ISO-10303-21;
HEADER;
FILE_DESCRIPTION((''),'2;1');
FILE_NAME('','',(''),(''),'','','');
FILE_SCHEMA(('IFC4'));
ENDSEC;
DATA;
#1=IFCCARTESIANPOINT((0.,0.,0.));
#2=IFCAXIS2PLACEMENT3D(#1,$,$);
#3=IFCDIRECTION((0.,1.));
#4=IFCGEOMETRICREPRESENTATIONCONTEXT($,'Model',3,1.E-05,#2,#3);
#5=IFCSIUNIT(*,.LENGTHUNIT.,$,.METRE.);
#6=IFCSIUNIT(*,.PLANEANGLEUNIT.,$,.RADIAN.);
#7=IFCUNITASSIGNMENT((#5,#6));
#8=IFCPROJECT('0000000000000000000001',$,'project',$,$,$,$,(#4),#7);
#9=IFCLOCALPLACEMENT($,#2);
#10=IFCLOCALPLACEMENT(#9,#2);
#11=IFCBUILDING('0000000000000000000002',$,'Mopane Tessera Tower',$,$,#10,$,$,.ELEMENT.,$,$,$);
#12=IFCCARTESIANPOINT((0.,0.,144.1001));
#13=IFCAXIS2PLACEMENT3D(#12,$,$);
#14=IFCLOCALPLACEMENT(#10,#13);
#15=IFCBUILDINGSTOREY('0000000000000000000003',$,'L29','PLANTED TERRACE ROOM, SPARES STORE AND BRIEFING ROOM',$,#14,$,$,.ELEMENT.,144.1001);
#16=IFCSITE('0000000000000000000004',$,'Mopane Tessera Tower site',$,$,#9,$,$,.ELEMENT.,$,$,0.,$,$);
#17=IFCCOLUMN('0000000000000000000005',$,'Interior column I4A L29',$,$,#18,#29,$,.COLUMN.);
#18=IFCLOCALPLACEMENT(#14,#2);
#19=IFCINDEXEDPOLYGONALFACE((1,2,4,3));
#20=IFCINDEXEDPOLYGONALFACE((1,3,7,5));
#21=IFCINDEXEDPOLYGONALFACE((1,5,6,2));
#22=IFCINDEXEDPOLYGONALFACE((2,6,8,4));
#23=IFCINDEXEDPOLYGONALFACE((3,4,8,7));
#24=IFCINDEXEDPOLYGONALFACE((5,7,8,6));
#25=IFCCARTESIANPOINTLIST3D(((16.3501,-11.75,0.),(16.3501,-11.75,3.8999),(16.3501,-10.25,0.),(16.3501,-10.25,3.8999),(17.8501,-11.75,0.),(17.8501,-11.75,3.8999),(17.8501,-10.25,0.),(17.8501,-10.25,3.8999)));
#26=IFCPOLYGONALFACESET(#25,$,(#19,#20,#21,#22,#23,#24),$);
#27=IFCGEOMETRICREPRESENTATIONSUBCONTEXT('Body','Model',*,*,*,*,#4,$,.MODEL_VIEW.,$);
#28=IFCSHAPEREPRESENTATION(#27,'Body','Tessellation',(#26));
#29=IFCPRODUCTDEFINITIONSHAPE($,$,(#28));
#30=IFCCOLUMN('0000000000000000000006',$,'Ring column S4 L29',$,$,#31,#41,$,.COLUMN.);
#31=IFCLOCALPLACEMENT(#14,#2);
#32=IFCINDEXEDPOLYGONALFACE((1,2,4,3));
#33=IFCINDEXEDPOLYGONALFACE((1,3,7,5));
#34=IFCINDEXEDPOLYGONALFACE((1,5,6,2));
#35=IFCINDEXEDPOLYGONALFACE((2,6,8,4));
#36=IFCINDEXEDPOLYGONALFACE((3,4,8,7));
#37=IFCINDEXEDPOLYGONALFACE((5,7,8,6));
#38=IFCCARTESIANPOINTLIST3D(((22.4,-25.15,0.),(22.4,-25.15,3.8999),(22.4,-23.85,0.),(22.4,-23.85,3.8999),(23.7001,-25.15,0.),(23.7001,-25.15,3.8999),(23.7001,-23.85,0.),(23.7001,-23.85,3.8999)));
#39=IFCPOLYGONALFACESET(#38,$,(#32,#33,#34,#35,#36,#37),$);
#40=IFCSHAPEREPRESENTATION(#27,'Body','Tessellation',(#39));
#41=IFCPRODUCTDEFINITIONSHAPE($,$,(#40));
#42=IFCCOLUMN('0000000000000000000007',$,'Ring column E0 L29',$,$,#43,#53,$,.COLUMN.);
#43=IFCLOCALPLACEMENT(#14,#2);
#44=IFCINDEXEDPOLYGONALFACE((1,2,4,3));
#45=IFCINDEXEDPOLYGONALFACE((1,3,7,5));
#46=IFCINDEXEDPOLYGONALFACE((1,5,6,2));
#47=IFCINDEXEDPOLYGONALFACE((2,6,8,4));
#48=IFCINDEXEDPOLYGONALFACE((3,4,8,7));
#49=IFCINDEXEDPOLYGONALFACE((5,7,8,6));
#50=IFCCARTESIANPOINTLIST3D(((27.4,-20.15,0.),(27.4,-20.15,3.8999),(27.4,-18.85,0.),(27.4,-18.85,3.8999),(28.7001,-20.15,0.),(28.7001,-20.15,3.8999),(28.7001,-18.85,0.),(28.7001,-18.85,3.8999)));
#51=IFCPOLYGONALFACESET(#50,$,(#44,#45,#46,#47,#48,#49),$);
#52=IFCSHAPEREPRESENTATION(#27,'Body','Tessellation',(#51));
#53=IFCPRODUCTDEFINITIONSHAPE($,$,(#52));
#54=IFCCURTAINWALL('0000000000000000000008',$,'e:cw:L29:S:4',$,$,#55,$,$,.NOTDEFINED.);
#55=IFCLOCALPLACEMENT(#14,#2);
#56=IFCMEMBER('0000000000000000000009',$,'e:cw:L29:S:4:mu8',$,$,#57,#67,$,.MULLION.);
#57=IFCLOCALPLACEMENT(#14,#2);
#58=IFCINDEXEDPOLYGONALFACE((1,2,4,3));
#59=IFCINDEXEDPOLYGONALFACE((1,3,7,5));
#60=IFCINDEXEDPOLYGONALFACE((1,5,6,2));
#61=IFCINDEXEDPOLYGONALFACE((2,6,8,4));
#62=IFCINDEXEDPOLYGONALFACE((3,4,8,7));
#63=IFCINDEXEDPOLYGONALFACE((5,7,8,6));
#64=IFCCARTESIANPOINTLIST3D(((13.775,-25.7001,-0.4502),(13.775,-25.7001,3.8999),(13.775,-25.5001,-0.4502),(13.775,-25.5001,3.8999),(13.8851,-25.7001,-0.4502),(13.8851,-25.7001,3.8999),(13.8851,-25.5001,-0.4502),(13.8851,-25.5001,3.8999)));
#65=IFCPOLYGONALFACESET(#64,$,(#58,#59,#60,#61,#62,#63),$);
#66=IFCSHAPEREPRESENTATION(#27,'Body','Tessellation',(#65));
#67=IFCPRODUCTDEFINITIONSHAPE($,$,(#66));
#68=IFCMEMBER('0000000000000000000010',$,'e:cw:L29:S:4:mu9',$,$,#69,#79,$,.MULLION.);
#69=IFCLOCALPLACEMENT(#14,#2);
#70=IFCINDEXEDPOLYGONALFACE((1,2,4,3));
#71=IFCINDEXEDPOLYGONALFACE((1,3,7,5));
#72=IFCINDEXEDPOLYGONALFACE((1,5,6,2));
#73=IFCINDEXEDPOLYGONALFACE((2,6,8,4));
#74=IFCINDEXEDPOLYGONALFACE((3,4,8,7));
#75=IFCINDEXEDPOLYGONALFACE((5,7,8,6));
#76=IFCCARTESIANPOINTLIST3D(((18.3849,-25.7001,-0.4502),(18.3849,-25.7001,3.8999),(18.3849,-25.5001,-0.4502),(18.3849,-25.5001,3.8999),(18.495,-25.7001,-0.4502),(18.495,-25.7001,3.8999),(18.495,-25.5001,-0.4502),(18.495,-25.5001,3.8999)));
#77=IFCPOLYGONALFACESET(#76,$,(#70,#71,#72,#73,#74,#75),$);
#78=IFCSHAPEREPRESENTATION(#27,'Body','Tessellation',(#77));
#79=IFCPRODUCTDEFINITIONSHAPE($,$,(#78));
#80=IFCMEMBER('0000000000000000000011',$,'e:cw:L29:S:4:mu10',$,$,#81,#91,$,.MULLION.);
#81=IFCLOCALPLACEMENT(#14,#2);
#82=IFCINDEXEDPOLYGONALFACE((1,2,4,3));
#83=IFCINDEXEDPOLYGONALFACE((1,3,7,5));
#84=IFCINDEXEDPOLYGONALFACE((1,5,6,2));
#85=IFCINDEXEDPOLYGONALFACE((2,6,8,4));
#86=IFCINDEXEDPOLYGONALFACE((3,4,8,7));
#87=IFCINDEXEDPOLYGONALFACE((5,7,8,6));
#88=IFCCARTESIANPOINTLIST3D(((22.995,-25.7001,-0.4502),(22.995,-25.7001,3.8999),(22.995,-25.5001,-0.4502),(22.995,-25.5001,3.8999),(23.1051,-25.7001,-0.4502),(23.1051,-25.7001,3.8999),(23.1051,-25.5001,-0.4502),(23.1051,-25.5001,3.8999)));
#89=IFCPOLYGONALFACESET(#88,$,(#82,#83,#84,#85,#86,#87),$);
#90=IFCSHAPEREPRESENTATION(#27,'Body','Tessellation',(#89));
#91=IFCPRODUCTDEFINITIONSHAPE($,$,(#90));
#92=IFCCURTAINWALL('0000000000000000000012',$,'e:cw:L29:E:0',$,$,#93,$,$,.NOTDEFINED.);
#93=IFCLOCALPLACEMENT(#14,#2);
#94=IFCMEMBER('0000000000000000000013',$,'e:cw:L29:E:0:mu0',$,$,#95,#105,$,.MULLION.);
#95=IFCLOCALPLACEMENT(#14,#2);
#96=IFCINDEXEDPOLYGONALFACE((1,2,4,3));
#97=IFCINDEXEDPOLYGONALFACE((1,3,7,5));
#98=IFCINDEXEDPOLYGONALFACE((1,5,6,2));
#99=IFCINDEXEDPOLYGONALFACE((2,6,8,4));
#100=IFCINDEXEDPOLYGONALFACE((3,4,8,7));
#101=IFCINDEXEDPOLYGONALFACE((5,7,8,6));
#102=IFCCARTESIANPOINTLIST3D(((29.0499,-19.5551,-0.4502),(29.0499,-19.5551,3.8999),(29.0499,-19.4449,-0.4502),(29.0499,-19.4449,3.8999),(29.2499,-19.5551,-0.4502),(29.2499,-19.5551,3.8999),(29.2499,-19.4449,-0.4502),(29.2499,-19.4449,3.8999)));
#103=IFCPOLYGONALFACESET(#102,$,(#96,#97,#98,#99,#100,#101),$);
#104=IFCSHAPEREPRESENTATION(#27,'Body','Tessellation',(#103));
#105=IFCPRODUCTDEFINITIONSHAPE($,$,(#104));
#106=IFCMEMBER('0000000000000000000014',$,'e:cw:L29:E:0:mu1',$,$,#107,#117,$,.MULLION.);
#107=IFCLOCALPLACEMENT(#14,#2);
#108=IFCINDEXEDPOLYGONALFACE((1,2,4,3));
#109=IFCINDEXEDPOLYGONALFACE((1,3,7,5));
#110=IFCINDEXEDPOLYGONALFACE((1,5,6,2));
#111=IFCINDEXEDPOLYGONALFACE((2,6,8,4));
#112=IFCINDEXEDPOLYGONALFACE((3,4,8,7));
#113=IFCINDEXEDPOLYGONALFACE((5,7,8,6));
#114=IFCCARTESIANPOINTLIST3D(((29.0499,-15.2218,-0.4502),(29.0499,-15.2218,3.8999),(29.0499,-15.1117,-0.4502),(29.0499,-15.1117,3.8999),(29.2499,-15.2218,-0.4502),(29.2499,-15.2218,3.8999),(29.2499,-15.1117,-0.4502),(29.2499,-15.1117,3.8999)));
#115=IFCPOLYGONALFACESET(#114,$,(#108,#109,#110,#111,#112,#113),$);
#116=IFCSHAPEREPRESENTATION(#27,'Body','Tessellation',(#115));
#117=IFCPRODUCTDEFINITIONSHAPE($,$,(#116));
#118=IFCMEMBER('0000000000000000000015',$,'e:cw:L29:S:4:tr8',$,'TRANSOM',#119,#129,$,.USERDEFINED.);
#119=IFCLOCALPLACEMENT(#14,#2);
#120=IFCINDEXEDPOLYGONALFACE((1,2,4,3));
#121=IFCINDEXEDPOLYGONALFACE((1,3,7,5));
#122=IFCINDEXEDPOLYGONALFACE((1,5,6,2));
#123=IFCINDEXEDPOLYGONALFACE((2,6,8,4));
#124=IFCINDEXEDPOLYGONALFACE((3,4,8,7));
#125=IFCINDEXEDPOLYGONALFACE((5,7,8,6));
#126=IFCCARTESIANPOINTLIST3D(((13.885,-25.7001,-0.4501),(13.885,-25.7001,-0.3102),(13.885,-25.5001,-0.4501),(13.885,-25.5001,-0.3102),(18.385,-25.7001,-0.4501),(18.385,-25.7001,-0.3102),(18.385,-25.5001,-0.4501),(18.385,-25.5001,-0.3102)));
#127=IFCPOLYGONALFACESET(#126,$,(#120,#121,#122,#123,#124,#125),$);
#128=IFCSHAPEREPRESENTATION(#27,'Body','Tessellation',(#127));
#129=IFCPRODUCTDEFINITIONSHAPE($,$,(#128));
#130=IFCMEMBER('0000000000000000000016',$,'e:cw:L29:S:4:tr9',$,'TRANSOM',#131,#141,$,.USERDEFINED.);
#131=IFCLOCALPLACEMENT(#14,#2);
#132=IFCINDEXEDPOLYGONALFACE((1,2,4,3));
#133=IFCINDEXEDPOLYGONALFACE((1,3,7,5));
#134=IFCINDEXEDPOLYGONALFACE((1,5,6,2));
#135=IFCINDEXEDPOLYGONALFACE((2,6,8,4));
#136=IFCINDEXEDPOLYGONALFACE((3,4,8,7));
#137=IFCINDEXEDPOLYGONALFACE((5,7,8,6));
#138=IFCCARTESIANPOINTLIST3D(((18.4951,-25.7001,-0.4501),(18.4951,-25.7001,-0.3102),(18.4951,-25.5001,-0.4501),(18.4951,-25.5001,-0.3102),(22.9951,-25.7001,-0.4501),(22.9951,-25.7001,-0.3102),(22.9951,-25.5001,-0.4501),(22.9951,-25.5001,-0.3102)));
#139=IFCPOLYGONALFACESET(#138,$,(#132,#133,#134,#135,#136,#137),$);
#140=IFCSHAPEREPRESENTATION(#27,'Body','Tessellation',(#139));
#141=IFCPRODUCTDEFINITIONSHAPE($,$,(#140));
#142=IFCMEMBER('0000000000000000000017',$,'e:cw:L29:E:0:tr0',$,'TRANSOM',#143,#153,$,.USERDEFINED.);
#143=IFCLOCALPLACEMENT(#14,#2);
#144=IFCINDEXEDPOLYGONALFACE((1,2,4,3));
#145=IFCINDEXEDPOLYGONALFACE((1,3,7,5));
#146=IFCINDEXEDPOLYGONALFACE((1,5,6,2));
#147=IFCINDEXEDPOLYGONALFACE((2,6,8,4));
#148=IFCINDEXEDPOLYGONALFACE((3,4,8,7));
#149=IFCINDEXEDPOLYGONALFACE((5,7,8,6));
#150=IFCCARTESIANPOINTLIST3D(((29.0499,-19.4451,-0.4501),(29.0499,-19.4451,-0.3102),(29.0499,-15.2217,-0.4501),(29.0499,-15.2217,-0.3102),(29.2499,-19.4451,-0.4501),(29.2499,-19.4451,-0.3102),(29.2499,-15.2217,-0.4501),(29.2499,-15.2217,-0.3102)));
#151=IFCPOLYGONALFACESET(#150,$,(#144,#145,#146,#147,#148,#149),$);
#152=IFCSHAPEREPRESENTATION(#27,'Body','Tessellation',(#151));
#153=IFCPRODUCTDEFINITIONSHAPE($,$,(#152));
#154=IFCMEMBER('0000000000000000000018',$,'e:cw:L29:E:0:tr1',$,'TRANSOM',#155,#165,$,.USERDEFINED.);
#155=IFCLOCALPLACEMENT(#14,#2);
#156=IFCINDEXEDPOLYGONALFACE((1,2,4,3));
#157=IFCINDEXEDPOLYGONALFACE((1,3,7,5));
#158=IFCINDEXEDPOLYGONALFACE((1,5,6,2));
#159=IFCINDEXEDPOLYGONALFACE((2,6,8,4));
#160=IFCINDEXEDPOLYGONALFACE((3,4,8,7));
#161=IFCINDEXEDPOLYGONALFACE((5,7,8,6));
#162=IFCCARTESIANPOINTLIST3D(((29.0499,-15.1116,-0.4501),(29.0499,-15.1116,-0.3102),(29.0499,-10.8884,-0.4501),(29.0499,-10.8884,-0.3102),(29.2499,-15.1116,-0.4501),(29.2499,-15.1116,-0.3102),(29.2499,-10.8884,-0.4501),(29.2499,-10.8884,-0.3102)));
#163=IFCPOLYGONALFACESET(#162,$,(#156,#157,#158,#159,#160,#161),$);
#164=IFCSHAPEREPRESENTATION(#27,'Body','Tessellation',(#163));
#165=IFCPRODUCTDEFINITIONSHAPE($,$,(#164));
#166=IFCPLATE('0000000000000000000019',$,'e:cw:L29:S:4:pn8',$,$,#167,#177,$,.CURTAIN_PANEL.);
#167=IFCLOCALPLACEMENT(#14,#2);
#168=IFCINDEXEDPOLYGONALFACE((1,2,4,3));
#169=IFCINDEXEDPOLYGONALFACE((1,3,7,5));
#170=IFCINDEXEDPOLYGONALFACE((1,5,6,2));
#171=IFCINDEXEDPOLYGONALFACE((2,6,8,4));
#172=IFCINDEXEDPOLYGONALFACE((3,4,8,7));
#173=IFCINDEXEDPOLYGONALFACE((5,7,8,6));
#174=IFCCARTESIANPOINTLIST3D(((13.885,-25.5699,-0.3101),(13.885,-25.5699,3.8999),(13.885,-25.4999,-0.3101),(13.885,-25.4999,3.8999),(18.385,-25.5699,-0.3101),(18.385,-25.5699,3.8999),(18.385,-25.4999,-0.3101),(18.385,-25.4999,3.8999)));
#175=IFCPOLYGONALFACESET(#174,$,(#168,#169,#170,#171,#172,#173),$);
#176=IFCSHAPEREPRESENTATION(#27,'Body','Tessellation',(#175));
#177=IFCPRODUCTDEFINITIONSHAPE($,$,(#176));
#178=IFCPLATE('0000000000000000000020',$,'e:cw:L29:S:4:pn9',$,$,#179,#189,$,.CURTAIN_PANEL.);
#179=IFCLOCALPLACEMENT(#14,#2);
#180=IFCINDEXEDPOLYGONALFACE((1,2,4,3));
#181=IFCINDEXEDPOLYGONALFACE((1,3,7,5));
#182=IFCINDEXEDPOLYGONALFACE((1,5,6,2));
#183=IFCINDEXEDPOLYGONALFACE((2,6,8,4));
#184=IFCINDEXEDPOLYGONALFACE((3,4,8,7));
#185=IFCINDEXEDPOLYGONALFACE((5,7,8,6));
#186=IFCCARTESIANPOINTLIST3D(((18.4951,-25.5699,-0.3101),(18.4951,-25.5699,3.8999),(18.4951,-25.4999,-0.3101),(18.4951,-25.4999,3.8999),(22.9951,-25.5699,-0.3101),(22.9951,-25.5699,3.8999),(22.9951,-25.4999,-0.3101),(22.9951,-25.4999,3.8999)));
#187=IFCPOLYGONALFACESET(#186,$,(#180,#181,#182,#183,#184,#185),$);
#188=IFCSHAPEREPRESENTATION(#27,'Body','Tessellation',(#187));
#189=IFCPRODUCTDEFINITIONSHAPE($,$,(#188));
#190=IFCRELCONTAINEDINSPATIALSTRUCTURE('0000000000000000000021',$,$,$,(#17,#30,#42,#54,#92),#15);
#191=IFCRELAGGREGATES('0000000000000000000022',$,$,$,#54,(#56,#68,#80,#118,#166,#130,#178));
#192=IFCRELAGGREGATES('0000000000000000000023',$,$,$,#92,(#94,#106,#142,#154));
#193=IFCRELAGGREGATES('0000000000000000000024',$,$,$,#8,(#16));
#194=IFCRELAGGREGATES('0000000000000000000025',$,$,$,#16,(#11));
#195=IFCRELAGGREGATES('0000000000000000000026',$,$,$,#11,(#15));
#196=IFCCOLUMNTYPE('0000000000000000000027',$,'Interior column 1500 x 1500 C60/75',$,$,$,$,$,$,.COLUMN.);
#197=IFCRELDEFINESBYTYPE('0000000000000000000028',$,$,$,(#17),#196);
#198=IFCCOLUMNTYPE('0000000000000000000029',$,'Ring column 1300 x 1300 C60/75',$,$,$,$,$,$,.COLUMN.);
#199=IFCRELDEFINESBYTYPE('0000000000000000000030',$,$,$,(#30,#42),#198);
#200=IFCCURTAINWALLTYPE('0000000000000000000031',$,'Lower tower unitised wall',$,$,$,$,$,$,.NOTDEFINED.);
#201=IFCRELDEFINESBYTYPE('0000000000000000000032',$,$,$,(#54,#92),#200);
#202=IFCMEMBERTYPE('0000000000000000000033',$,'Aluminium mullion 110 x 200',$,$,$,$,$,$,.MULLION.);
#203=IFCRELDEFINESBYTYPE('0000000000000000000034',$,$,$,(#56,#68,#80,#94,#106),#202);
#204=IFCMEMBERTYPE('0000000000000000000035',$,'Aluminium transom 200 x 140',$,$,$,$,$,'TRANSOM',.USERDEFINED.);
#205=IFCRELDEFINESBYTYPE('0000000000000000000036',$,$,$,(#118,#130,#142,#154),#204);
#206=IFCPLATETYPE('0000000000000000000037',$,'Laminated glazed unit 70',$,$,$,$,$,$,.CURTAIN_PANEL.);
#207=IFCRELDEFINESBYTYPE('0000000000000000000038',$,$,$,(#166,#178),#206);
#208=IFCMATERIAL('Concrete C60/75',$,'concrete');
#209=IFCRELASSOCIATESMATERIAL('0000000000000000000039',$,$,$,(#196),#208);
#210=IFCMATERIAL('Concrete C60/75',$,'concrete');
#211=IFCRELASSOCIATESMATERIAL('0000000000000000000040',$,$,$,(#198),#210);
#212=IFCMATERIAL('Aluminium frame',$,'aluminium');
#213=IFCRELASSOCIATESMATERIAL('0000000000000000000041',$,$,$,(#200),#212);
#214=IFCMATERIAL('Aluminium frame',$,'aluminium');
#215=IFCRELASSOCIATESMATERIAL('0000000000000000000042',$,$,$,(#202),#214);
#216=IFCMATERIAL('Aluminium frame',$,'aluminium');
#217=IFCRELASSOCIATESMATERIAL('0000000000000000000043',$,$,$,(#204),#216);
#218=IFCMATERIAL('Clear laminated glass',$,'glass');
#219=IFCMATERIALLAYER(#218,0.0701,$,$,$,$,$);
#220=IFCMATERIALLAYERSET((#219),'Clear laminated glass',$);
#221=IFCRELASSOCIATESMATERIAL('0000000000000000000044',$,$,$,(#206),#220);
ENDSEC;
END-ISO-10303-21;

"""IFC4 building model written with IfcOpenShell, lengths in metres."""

from ifc_helpers import new_model, si_unit, direction, frame, origin, origin_2d, place, context, subcontext, project, spatial, rectangle, extrude, material, layer, layer_set, material_profile, profile_set, type_object, element, aggregate, save


model = new_model("IFC4")

# Units and contexts
model_context = context("Model", 3, precision=1e-05, world=origin(), true_north=direction((0.0, 1.0)))
body_context = subcontext(model_context, "Body", "Model", "MODEL_VIEW")
ifc_project = project(units=[si_unit("LENGTHUNIT", "METRE"), si_unit("PLANEANGLEUNIT", "RADIAN")], contexts=[model_context])

# Site, building, storey
site_placement = place(None, origin())
site = spatial("IfcSite", under=ifc_project, at=site_placement, Name="Mopane Tessera Tower site", CompositionType="ELEMENT", RefElevation=0.0)
building_placement = place(site_placement, origin())
building = spatial("IfcBuilding", under=site, at=building_placement, Name="Mopane Tessera Tower", CompositionType="ELEMENT")
storey_placement = place(building_placement, frame((0.0, 0.0, 144.1001)))
storey = spatial("IfcBuildingStorey", under=building, at=storey_placement, Name="L29", Description="PLANTED TERRACE ROOM, SPARES STORE AND BRIEFING ROOM", CompositionType="ELEMENT", Elevation=144.1001)

# Columns
ifc_material_1 = material(Name="Concrete C60/75", Category="concrete")
ifc_material_profile_1 = material_profile(ifc_material_1, rectangle(XDim=1.5, YDim=1.5, at=origin_2d()))
ifc_profile_set_1 = profile_set([ifc_material_profile_1], Name="Concrete C60/75")
column_type_1 = type_object("IfcColumnType", Name="Interior column 1500 x 1500 C60/75", PredefinedType="COLUMN", material=ifc_profile_set_1)
column_placement = place(storey_placement, frame((17.1001, -11.0, 0.0), z_axis=(0.0, 0.0, 1.0), x_axis=(1.0, 0.0, 0.0)))
element("IfcColumn", 1, at=column_placement, inside=storey, type_object=column_type_1, Name="Interior column I4A L29", PredefinedType="COLUMN", context=body_context, shape_type="SweptSolid", body=[
    extrude(rectangle(XDim=1.5, YDim=1.5, at=origin_2d()), origin(), (0.0, 0.0, 1.0), 3.8999),
])
ifc_material_2 = material(Name="Concrete C60/75", Category="concrete")
ifc_material_profile_2 = material_profile(ifc_material_2, rectangle(XDim=1.3, YDim=1.3, at=origin_2d()))
ifc_profile_set_2 = profile_set([ifc_material_profile_2], Name="Concrete C60/75")
column_type_2 = type_object("IfcColumnType", Name="Ring column 1300 x 1300 C60/75", PredefinedType="COLUMN", material=ifc_profile_set_2)
for number, where, z_axis, x_axis, name in (
    (2, (23.05, -24.5, 0.0), (0.0, 0.0, 1.0), (1.0, 0.0, 0.0), "Ring column S4 L29"),
    (3, (28.05, -19.5, 0.0), (0.0, 0.0, 1.0), (1.0, 0.0, 0.0), "Ring column E0 L29"),
):
    element("IfcColumn", number, at=place(storey_placement, frame(where, z_axis=z_axis, x_axis=x_axis)), inside=storey, type_object=column_type_2, Name=name, PredefinedType="COLUMN", context=body_context, shape_type="SweptSolid", body=[
        extrude(rectangle(XDim=1.3, YDim=1.3, at=origin_2d()), origin(), (0.0, 0.0, 1.0), 3.8999),
    ])

# Curtain walls, members
ifc_material_3 = material(Name="Aluminium frame", Category="aluminium")
curtain_wall_type = type_object("IfcCurtainWallType", Name="Lower tower unitised wall", PredefinedType="NOTDEFINED", material=ifc_material_3)
curtain_wall_1_placement = place(storey_placement, origin())
curtain_wall_1 = element("IfcCurtainWall", 4, at=curtain_wall_1_placement, inside=storey, type_object=curtain_wall_type, Name="e:cw:L29:S:4", PredefinedType="NOTDEFINED")
ifc_material_4 = material(Name="Aluminium frame", Category="aluminium")
ifc_material_profile_3 = material_profile(ifc_material_4, rectangle(XDim=0.1101, YDim=0.2, at=origin_2d()))
ifc_profile_set_3 = profile_set([ifc_material_profile_3], Name="Aluminium frame")
member_type_1 = type_object("IfcMemberType", Name="Aluminium mullion 110 x 200", PredefinedType="MULLION", material=ifc_profile_set_3)
member_1_placement = place(storey_placement, frame((13.8301, -25.6001, -0.4502), z_axis=(0.0, 0.0, 1.0), x_axis=(1.0, 0.0, 0.0)))
member_1 = element("IfcMember", 5, at=member_1_placement, type_object=member_type_1, Name="e:cw:L29:S:4:mu8", PredefinedType="MULLION", context=body_context, shape_type="SweptSolid", body=[
    extrude(rectangle(XDim=0.1101, YDim=0.2, at=origin_2d()), origin(), (0.0, 0.0, 1.0), 4.3501),
])
member_2_placement = place(storey_placement, frame((18.4399, -25.6001, -0.4502), z_axis=(0.0, 0.0, 1.0), x_axis=(1.0, 0.0, 0.0)))
member_2 = element("IfcMember", 6, at=member_2_placement, type_object=member_type_1, Name="e:cw:L29:S:4:mu9", PredefinedType="MULLION", context=body_context, shape_type="SweptSolid", body=[
    extrude(rectangle(XDim=0.1101, YDim=0.2, at=origin_2d()), origin(), (0.0, 0.0, 1.0), 4.3501),
])
member_3_placement = place(storey_placement, frame((23.05, -25.6001, -0.4502), z_axis=(0.0, 0.0, 1.0), x_axis=(1.0, 0.0, 0.0)))
member_3 = element("IfcMember", 7, at=member_3_placement, type_object=member_type_1, Name="e:cw:L29:S:4:mu10", PredefinedType="MULLION", context=body_context, shape_type="SweptSolid", body=[
    extrude(rectangle(XDim=0.1101, YDim=0.2, at=origin_2d()), origin(), (0.0, 0.0, 1.0), 4.3501),
])
curtain_wall_2_placement = place(storey_placement, origin())
curtain_wall_2 = element("IfcCurtainWall", 8, at=curtain_wall_2_placement, inside=storey, type_object=curtain_wall_type, Name="e:cw:L29:E:0", PredefinedType="NOTDEFINED")
member_4_placement = place(storey_placement, frame((29.1499, -19.5, -0.4502), z_axis=(0.0, 0.0, 1.0), x_axis=(0.0, 1.0, 0.0)))
member_4 = element("IfcMember", 9, at=member_4_placement, type_object=member_type_1, Name="e:cw:L29:E:0:mu0", PredefinedType="MULLION", context=body_context, shape_type="SweptSolid", body=[
    extrude(rectangle(XDim=0.1101, YDim=0.2, at=origin_2d()), origin(), (0.0, 0.0, 1.0), 4.3501),
])
member_5_placement = place(storey_placement, frame((29.1499, -15.1667, -0.4502), z_axis=(0.0, 0.0, 1.0), x_axis=(0.0, 1.0, 0.0)))
member_5 = element("IfcMember", 10, at=member_5_placement, type_object=member_type_1, Name="e:cw:L29:E:0:mu1", PredefinedType="MULLION", context=body_context, shape_type="SweptSolid", body=[
    extrude(rectangle(XDim=0.1101, YDim=0.2, at=origin_2d()), origin(), (0.0, 0.0, 1.0), 4.3501),
])

# Members
ifc_material_5 = material(Name="Aluminium frame", Category="aluminium")
ifc_material_profile_4 = material_profile(ifc_material_5, rectangle(XDim=0.2, YDim=0.1399, at=origin_2d()))
ifc_profile_set_4 = profile_set([ifc_material_profile_4], Name="Aluminium frame")
member_type_2 = type_object("IfcMemberType", Name="Aluminium transom 200 x 140", ElementType="TRANSOM", PredefinedType="USERDEFINED", material=ifc_profile_set_4)
member_6_placement = place(storey_placement, frame((13.885, -25.6001, -0.3801), z_axis=(1.0, 0.0, 0.0), x_axis=(0.0, 1.0, 0.0)))
member_6 = element("IfcMember", 11, at=member_6_placement, type_object=member_type_2, Name="e:cw:L29:S:4:tr8", ObjectType="TRANSOM", PredefinedType="USERDEFINED", context=body_context, shape_type="SweptSolid", body=[
    extrude(rectangle(XDim=0.2, YDim=0.1399, at=origin_2d()), origin(), (0.0, 0.0, 1.0), 4.5),
])
member_7_placement = place(storey_placement, frame((18.4951, -25.6001, -0.3801), z_axis=(1.0, 0.0, 0.0), x_axis=(0.0, 1.0, 0.0)))
member_7 = element("IfcMember", 12, at=member_7_placement, type_object=member_type_2, Name="e:cw:L29:S:4:tr9", ObjectType="TRANSOM", PredefinedType="USERDEFINED", context=body_context, shape_type="SweptSolid", body=[
    extrude(rectangle(XDim=0.2, YDim=0.1399, at=origin_2d()), origin(), (0.0, 0.0, 1.0), 4.5),
])
member_8_placement = place(storey_placement, frame((29.1499, -19.4451, -0.3801), z_axis=(0.0, 1.0, 0.0), x_axis=(-1.0, 0.0, 0.0)))
member_8 = element("IfcMember", 13, at=member_8_placement, type_object=member_type_2, Name="e:cw:L29:E:0:tr0", ObjectType="TRANSOM", PredefinedType="USERDEFINED", context=body_context, shape_type="SweptSolid", body=[
    extrude(rectangle(XDim=0.2, YDim=0.1399, at=origin_2d()), origin(), (0.0, 0.0, 1.0), 4.2234),
])
member_9_placement = place(storey_placement, frame((29.1499, -15.1116, -0.3801), z_axis=(0.0, 1.0, 0.0), x_axis=(-1.0, 0.0, 0.0)))
member_9 = element("IfcMember", 14, at=member_9_placement, type_object=member_type_2, Name="e:cw:L29:E:0:tr1", ObjectType="TRANSOM", PredefinedType="USERDEFINED", context=body_context, shape_type="SweptSolid", body=[
    extrude(rectangle(XDim=0.2, YDim=0.1399, at=origin_2d()), origin(), (0.0, 0.0, 1.0), 4.2231),
])

# Plates
ifc_material_6 = material(Name="Clear laminated glass", Category="glass")
ifc_layer_1 = layer(ifc_material_6, 0.0701)
ifc_layer_set_1 = layer_set([ifc_layer_1], Name="Clear laminated glass")
plate_type = type_object("IfcPlateType", Name="Laminated glazed unit 70", PredefinedType="CURTAIN_PANEL", material=ifc_layer_set_1)
plate_1_placement = place(storey_placement, frame((16.135, -25.5349, -0.3101), z_axis=(0.0, 0.0, 1.0), x_axis=(1.0, 0.0, 0.0)))
plate_1 = element("IfcPlate", 15, at=plate_1_placement, type_object=plate_type, Name="e:cw:L29:S:4:pn8", PredefinedType="CURTAIN_PANEL", context=body_context, shape_type="SweptSolid", body=[
    extrude(rectangle(XDim=4.5, YDim=0.0701, at=origin_2d()), origin(), (0.0, 0.0, 1.0), 4.21),
])
plate_2_placement = place(storey_placement, frame((20.7451, -25.5349, -0.3101), z_axis=(0.0, 0.0, 1.0), x_axis=(1.0, 0.0, 0.0)))
plate_2 = element("IfcPlate", 16, at=plate_2_placement, type_object=plate_type, Name="e:cw:L29:S:4:pn9", PredefinedType="CURTAIN_PANEL", context=body_context, shape_type="SweptSolid", body=[
    extrude(rectangle(XDim=4.5, YDim=0.0701, at=origin_2d()), origin(), (0.0, 0.0, 1.0), 4.21),
])
aggregate(curtain_wall_1, [member_1, member_2, member_3, member_6, plate_1, member_7, plate_2])
aggregate(curtain_wall_2, [member_4, member_5, member_8, member_9])

save(model, "model.ifc")
